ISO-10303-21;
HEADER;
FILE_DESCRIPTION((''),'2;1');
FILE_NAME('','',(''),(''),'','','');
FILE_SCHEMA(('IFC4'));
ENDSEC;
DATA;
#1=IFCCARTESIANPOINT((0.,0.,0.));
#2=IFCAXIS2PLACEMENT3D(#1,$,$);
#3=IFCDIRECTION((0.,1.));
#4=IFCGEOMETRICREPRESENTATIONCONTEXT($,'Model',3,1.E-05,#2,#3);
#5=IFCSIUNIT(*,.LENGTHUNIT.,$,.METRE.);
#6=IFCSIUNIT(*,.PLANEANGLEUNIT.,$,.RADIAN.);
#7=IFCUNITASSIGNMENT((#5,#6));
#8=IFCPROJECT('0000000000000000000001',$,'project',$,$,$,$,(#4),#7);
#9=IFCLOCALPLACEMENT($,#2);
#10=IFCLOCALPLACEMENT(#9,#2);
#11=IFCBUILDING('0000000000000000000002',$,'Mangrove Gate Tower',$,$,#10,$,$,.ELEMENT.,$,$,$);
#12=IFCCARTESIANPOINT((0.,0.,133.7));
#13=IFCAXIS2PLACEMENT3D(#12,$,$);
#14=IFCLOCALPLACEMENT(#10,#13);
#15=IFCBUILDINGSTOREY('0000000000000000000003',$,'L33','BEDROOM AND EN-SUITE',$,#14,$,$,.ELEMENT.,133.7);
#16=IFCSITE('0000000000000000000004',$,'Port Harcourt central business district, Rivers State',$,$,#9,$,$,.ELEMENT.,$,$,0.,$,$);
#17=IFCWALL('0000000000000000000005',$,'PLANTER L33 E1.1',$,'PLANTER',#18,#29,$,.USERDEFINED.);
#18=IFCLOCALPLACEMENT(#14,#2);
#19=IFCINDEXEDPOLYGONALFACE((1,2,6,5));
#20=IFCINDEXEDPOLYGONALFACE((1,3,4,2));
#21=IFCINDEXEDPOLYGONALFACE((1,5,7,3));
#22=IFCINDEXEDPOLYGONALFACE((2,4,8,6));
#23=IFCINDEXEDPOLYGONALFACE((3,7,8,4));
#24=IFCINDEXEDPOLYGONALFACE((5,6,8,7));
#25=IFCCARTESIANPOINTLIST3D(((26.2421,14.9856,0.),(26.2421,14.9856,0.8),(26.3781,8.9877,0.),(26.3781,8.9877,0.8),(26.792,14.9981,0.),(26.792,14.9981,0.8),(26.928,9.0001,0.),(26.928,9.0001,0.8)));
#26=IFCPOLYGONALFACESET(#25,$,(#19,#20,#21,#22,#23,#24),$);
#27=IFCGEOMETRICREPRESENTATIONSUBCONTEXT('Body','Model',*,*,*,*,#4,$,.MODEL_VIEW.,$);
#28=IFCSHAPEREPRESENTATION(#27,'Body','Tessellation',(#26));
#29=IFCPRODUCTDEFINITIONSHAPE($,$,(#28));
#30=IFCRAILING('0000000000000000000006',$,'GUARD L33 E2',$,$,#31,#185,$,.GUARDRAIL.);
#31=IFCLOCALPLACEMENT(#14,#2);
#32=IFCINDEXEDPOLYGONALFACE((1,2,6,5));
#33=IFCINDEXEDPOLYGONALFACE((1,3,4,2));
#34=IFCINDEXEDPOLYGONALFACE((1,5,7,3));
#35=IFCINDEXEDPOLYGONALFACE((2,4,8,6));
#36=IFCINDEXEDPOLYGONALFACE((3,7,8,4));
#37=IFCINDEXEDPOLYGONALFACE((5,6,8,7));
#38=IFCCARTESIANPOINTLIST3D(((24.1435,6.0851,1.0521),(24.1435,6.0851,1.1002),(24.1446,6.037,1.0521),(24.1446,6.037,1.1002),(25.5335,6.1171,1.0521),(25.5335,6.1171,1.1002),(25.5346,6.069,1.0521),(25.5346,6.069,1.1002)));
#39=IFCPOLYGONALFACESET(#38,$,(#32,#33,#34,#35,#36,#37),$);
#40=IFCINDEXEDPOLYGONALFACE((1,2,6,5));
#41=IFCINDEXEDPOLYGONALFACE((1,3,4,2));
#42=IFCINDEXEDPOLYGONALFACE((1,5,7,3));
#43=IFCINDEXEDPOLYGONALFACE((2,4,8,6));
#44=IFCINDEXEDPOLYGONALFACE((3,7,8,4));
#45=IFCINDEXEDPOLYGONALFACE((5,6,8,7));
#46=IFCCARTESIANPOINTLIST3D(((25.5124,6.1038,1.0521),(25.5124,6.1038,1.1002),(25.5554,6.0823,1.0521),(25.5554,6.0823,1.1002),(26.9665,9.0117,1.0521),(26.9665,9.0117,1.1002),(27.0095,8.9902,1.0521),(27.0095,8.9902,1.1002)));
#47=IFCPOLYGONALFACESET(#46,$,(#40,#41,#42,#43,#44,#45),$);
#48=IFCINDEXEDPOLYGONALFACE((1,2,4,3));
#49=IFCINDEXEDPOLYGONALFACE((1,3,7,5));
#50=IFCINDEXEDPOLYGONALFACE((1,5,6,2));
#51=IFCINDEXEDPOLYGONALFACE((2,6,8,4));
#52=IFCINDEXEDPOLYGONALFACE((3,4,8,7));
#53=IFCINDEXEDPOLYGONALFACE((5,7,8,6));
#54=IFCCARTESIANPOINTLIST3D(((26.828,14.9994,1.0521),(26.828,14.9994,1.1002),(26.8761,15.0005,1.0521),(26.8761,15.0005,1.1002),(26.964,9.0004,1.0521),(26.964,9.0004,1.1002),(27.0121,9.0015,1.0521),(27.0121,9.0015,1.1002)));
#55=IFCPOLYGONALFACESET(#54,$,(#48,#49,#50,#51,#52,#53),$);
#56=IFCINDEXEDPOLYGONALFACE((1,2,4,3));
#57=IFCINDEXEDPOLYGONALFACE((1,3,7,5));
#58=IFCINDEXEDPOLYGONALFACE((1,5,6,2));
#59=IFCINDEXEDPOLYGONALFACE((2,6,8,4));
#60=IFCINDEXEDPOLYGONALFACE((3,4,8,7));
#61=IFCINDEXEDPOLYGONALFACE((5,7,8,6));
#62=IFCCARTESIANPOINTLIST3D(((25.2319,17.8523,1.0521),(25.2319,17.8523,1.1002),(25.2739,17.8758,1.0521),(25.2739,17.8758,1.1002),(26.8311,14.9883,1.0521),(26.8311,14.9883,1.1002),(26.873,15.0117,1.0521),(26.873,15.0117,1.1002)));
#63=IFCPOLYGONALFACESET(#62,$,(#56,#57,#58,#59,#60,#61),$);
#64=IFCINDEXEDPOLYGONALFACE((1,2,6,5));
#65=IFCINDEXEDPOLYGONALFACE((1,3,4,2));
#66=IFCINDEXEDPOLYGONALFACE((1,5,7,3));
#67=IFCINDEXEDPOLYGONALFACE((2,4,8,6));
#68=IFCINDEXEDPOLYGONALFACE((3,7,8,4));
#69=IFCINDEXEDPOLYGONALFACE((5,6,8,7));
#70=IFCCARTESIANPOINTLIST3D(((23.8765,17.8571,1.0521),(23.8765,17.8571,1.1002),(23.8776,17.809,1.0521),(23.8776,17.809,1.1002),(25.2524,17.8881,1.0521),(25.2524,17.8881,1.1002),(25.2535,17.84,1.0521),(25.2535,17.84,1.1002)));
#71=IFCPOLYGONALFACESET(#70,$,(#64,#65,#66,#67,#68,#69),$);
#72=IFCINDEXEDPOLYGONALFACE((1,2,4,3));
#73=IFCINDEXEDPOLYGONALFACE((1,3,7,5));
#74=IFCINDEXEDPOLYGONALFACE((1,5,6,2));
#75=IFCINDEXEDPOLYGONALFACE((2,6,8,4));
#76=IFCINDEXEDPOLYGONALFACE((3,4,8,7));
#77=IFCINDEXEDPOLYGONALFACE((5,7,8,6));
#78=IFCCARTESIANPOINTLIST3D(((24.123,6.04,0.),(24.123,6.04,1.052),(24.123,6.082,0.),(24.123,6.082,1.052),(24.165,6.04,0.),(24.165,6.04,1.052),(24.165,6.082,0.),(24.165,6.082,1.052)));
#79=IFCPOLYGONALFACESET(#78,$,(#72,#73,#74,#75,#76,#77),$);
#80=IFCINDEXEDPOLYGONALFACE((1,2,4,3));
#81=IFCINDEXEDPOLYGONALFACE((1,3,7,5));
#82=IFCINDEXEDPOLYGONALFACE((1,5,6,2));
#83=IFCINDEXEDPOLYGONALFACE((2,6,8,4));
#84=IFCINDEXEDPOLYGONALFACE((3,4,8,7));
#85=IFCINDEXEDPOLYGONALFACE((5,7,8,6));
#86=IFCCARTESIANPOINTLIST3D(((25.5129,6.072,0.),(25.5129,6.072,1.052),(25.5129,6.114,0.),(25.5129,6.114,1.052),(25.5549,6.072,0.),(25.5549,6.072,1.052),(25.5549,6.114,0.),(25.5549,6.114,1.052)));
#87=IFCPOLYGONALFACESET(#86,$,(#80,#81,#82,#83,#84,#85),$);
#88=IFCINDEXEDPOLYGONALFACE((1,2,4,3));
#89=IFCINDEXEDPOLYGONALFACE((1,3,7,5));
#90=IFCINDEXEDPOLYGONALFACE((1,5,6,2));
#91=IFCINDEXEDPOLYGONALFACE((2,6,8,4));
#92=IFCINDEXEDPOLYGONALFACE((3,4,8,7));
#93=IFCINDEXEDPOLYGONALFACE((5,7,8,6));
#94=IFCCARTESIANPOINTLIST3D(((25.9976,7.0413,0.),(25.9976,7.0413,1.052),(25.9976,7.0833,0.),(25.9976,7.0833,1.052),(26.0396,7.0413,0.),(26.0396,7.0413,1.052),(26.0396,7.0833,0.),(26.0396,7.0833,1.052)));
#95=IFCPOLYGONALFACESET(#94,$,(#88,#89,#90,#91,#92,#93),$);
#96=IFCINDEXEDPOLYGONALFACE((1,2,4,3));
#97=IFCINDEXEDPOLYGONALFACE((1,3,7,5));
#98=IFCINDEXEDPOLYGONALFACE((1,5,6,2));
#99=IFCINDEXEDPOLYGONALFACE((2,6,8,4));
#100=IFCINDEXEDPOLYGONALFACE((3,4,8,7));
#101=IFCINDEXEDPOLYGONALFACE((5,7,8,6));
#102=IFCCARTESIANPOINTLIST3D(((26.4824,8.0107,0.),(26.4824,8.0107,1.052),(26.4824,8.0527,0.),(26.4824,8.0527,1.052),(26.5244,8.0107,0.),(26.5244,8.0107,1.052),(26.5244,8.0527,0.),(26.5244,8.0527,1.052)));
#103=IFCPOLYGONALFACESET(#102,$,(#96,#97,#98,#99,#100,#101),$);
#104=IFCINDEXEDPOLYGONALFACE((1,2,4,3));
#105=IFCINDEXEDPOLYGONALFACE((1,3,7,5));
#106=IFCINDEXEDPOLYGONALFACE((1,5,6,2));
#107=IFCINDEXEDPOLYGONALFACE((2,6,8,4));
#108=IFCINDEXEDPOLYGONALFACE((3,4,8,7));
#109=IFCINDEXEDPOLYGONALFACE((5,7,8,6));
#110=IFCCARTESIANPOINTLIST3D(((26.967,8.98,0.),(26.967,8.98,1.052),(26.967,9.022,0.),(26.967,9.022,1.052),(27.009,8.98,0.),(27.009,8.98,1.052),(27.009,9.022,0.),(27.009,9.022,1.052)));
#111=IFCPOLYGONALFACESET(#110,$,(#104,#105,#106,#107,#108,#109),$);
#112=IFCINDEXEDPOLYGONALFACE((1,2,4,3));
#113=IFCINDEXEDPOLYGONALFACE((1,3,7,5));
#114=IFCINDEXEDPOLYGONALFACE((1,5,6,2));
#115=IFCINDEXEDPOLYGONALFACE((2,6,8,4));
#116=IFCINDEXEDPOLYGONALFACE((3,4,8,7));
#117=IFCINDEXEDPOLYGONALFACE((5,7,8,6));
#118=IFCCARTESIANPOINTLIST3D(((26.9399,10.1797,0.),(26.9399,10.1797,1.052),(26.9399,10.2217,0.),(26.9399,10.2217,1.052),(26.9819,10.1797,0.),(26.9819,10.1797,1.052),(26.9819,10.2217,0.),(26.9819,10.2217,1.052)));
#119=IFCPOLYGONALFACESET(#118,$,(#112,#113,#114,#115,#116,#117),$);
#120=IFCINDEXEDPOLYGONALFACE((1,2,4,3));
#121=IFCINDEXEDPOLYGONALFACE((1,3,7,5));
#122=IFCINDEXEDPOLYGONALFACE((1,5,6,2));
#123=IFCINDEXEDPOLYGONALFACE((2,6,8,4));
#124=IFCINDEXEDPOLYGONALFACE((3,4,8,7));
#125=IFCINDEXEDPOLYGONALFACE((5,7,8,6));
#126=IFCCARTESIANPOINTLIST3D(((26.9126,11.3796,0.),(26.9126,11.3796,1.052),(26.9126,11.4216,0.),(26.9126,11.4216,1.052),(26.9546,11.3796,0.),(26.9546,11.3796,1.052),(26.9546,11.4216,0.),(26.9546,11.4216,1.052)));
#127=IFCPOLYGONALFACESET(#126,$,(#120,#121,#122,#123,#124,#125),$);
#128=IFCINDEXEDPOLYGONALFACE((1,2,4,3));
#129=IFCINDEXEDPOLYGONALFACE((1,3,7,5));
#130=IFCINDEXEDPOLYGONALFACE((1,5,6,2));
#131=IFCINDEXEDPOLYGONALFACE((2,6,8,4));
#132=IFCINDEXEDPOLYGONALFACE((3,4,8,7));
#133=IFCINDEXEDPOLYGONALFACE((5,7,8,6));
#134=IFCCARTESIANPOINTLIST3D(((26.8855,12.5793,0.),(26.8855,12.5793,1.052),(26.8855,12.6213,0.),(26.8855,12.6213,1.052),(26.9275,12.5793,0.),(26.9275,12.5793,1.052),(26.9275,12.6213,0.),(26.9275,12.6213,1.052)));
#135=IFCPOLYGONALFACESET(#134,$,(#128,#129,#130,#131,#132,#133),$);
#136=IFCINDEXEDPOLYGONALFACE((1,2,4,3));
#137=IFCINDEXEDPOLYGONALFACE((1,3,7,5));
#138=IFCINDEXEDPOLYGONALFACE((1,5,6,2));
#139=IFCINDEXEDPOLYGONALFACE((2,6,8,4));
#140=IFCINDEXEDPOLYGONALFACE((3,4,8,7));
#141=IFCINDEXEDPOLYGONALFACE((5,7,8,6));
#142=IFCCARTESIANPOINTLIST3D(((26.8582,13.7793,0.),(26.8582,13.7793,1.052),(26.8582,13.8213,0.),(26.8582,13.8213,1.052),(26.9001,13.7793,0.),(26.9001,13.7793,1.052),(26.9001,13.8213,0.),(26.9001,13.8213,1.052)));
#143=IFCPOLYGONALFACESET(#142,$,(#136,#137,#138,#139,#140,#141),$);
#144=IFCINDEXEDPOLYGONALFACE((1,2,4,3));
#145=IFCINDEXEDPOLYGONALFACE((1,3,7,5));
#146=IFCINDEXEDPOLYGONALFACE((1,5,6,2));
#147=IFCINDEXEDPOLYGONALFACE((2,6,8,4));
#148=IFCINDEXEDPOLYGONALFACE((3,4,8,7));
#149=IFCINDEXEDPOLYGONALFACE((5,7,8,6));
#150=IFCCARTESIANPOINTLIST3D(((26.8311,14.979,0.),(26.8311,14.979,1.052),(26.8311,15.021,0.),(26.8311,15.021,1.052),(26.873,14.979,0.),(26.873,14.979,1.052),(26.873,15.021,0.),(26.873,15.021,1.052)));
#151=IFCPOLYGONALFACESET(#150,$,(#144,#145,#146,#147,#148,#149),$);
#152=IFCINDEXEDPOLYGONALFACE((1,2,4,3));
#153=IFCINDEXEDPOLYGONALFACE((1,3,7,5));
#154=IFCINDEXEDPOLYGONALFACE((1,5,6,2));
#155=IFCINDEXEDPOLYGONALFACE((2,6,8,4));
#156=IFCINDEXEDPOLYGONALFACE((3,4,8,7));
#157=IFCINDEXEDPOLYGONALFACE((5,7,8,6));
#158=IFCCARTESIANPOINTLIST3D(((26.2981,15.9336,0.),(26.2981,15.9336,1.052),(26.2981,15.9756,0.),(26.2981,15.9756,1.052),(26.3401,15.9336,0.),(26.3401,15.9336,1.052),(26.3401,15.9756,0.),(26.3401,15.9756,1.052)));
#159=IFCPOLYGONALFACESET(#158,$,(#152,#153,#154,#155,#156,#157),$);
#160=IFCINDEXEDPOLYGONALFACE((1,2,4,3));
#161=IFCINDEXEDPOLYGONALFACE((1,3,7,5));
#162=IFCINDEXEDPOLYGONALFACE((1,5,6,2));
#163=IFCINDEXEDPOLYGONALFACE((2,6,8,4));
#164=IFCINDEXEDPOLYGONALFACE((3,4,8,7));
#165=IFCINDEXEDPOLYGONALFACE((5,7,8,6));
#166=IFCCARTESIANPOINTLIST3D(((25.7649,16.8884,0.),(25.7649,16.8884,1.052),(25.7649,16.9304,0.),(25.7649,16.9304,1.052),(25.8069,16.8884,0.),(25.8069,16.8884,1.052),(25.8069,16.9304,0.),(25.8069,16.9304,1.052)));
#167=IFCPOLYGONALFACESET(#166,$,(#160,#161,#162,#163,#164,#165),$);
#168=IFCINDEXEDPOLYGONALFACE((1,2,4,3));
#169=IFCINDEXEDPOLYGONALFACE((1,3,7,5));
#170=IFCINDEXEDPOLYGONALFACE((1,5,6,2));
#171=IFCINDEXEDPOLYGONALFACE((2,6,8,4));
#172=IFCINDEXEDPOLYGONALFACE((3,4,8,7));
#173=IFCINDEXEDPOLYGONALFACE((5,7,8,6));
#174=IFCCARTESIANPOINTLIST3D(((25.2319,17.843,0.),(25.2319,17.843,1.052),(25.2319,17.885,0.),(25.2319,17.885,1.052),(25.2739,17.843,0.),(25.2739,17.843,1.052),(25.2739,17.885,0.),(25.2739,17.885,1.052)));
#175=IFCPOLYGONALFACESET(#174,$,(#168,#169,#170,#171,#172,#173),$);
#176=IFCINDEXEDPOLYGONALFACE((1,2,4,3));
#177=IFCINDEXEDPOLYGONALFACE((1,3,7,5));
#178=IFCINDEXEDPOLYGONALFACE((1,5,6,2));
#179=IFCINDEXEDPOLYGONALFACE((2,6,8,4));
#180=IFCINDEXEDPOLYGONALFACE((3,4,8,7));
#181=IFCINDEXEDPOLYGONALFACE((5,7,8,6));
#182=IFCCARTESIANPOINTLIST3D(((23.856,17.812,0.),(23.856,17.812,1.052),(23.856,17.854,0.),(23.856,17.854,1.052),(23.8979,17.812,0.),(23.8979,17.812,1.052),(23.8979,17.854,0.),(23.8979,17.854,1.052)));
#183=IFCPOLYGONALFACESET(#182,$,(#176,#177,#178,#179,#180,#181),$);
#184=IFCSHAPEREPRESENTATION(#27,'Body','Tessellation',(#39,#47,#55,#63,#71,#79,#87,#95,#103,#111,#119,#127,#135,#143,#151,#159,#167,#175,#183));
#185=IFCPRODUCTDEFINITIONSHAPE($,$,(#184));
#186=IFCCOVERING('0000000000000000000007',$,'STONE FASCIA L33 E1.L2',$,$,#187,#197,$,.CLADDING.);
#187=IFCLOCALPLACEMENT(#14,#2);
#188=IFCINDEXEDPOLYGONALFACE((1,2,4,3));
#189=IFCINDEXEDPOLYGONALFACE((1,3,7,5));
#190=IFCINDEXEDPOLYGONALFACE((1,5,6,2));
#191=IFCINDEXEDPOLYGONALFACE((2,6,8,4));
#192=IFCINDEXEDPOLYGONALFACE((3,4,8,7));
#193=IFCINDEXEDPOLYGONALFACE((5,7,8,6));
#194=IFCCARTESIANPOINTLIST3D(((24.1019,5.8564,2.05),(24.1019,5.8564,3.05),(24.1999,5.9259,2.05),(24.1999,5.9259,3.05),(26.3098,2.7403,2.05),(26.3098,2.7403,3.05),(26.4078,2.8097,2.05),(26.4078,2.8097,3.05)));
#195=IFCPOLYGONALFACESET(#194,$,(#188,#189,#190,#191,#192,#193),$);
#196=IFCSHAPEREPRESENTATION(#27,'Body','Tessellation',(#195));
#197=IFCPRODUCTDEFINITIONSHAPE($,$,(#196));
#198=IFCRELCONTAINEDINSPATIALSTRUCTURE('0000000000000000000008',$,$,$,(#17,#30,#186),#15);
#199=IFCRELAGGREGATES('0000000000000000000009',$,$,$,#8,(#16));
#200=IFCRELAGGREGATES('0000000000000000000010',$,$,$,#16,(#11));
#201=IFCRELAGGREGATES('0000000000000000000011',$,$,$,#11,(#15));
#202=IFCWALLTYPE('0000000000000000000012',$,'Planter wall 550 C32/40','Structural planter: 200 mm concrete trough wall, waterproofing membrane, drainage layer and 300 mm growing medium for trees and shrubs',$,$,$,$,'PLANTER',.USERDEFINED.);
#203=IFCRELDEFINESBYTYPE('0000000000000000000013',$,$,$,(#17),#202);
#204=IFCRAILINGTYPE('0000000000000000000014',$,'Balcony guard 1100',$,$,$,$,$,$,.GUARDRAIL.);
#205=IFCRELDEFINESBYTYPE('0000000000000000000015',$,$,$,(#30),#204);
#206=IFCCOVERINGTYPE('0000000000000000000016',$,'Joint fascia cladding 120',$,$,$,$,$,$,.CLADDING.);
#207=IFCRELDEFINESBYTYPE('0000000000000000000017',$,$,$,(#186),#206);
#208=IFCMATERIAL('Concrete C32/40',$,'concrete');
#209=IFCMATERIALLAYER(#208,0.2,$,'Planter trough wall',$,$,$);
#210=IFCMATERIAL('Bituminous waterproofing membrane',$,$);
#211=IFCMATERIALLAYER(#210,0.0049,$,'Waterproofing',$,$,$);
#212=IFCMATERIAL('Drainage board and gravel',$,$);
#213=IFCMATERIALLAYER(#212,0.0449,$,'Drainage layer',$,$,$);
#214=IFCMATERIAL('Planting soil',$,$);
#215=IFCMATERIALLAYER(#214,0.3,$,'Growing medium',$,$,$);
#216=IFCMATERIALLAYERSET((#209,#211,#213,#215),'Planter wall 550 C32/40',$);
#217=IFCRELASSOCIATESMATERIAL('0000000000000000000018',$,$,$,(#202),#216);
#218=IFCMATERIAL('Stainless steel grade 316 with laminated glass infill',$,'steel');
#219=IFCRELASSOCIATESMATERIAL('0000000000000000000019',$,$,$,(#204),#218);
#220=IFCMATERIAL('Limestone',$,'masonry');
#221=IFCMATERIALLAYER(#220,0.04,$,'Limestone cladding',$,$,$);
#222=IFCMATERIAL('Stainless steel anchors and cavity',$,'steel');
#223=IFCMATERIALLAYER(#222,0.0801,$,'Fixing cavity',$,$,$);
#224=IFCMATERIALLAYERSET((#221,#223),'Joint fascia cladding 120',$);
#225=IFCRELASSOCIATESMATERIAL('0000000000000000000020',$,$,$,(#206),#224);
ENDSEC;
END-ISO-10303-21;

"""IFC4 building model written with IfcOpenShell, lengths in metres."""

from ifc_helpers import new_model, si_unit, direction, frame, frame_2d, origin, origin_2d, place, context, subcontext, project, spatial, rectangle, extrude, material, layer, layer_set, type_object, element, save


model = new_model("IFC4")

# Units and contexts
model_context = context("Model", 3, precision=1e-05, world=origin(), true_north=direction((0.0, 1.0)))
body_context = subcontext(model_context, "Body", "Model", "MODEL_VIEW")
ifc_project = project(units=[si_unit("LENGTHUNIT", "METRE"), si_unit("PLANEANGLEUNIT", "RADIAN")], contexts=[model_context])

# Site, building, storey
site_placement = place(None, origin())
site = spatial("IfcSite", under=ifc_project, at=site_placement, Name="Port Harcourt central business district, Rivers State", CompositionType="ELEMENT", RefElevation=0.0)
building_placement = place(site_placement, origin())
building = spatial("IfcBuilding", under=site, at=building_placement, Name="Mangrove Gate Tower", CompositionType="ELEMENT")
storey_placement = place(building_placement, frame((0.0, 0.0, 133.7)))
storey = spatial("IfcBuildingStorey", under=building, at=storey_placement, Name="L33", Description="BEDROOM AND EN-SUITE", CompositionType="ELEMENT", Elevation=133.7)

# Shared definitions
ifc_material_1 = material(Name="Limestone", Category="masonry")

# Wall
ifc_material_2 = material(Name="Concrete C32/40", Category="concrete")
ifc_layer_1 = layer(ifc_material_2, 0.2, Name="Planter trough wall")
ifc_material_3 = material(Name="Bituminous waterproofing membrane")
ifc_layer_2 = layer(ifc_material_3, 0.0049, Name="Waterproofing")
ifc_material_4 = material(Name="Drainage board and gravel")
ifc_layer_3 = layer(ifc_material_4, 0.0449, Name="Drainage layer")
ifc_material_5 = material(Name="Planting soil")
ifc_layer_4 = layer(ifc_material_5, 0.3, Name="Growing medium")
ifc_layer_set_1 = layer_set([ifc_layer_1, ifc_layer_2, ifc_layer_3, ifc_layer_4], Name="Planter wall 550 C32/40")
wall_type_1 = type_object("IfcWallType", Name="Planter wall 550 C32/40", Description="Structural planter: 200 mm concrete trough wall, waterproofing membrane, drainage layer and 300 mm growing medium for trees and shrubs", ElementType="PLANTER", PredefinedType="USERDEFINED", material=ifc_layer_set_1)
wall_1_placement = place(storey_placement, frame((26.6531, 8.9939, 0.0), z_axis=(0.0, 0.0, 1.0), x_axis=(-0.022666, 0.999743, 0.0)))
element("IfcWall", 1, at=wall_1_placement, inside=storey, type_object=wall_type_1, Name="PLANTER L33 E1.1", ObjectType="PLANTER", PredefinedType="USERDEFINED", context=body_context, shape_type="SweptSolid", body=[
    extrude(rectangle(XDim=5.9995, YDim=0.55, at=frame_2d((2.9998, 0.0))), origin(), (0.0, 0.0, 1.0), 0.8),
])

# Railing
ifc_material_6 = material(Name="Stainless steel grade 316 with laminated glass infill", Category="steel")
railing_type = type_object("IfcRailingType", Name="Balcony guard 1100", PredefinedType="GUARDRAIL", material=ifc_material_6)
railing_placement = place(storey_placement, frame((24.144, 6.061, 0.0)))
element("IfcRailing", 2, at=railing_placement, inside=storey, type_object=railing_type, Name="GUARD L33 E2", PredefinedType="GUARDRAIL", context=body_context, shape_type="SweptSolid", body=[
    extrude(rectangle(XDim=0.0481, YDim=0.0481, at=origin_2d()), frame((0.0, 0.0, 1.0762), z_axis=(0.999735, 0.023005, 0.0), x_axis=(-0.023005, 0.999735, 0.0)), (0.0, 0.0, 1.0), 1.3904),
    extrude(rectangle(XDim=0.0481, YDim=0.0481, at=origin_2d()), frame((1.3899, 0.032, 1.0762), z_axis=(0.447244, 0.894412, 0.0), x_axis=(-0.894412, 0.447244, 0.0)), (0.0, 0.0, 1.0), 3.2512),
    extrude(rectangle(XDim=0.0481, YDim=0.0481, at=origin_2d()), frame((2.844, 2.9399, 1.0762), z_axis=(-0.022662, 0.999743, 0.0), x_axis=(-0.999743, -0.022662, 0.0)), (0.0, 0.0, 1.0), 6.0005),
    extrude(rectangle(XDim=0.0481, YDim=0.0481, at=origin_2d()), frame((2.708, 8.939, 1.0762), z_axis=(-0.487506, 0.87312, 0.0), x_axis=(-0.87312, -0.487506, 0.0)), (0.0, 0.0, 1.0), 3.2803),
    extrude(rectangle(XDim=0.0481, YDim=0.0481, at=origin_2d()), frame((1.1089, 11.803, 1.0762), z_axis=(-0.999746, -0.022528, 0.0), x_axis=(0.022528, -0.999746, 0.0)), (0.0, 0.0, 1.0), 1.3762),
    extrude(rectangle(XDim=0.042, YDim=0.042, at=origin_2d()), origin(), (0.0, 0.0, 1.0), 1.052),
    extrude(rectangle(XDim=0.042, YDim=0.042, at=origin_2d()), frame((1.3899, 0.032, 0.0)), (0.0, 0.0, 1.0), 1.052),
    extrude(rectangle(XDim=0.042, YDim=0.042, at=origin_2d()), frame((1.8745, 1.0012, 0.0)), (0.0, 0.0, 1.0), 1.052),
    extrude(rectangle(XDim=0.042, YDim=0.042, at=origin_2d()), frame((2.3594, 1.9707, 0.0)), (0.0, 0.0, 1.0), 1.052),
    extrude(rectangle(XDim=0.042, YDim=0.042, at=origin_2d()), frame((2.844, 2.9399, 0.0)), (0.0, 0.0, 1.0), 1.052),
    extrude(rectangle(XDim=0.042, YDim=0.042, at=origin_2d()), frame((2.8169, 4.1396, 0.0)), (0.0, 0.0, 1.0), 1.052),
    extrude(rectangle(XDim=0.042, YDim=0.042, at=origin_2d()), frame((2.7896, 5.3396, 0.0)), (0.0, 0.0, 1.0), 1.052),
    extrude(rectangle(XDim=0.042, YDim=0.042, at=origin_2d()), frame((2.7625, 6.5393, 0.0)), (0.0, 0.0, 1.0), 1.052),
    extrude(rectangle(XDim=0.042, YDim=0.042, at=origin_2d()), frame((2.7351, 7.7393, 0.0)), (0.0, 0.0, 1.0), 1.052),
    extrude(rectangle(XDim=0.042, YDim=0.042, at=origin_2d()), frame((2.708, 8.939, 0.0)), (0.0, 0.0, 1.0), 1.052),
    extrude(rectangle(XDim=0.042, YDim=0.042, at=origin_2d()), frame((2.175, 9.8936, 0.0)), (0.0, 0.0, 1.0), 1.052),
    extrude(rectangle(XDim=0.042, YDim=0.042, at=origin_2d()), frame((1.6418, 10.8484, 0.0)), (0.0, 0.0, 1.0), 1.052),
    extrude(rectangle(XDim=0.042, YDim=0.042, at=origin_2d()), frame((1.1089, 11.803, 0.0)), (0.0, 0.0, 1.0), 1.052),
    extrude(rectangle(XDim=0.042, YDim=0.042, at=origin_2d()), frame((-0.2671, 11.772, 0.0)), (0.0, 0.0, 1.0), 1.052),
])

# Covering
ifc_layer_5 = layer(ifc_material_1, 0.04, Name="Limestone cladding")
ifc_material_7 = material(Name="Stainless steel anchors and cavity", Category="steel")
ifc_layer_6 = layer(ifc_material_7, 0.0801, Name="Fixing cavity")
ifc_layer_set_2 = layer_set([ifc_layer_5, ifc_layer_6], Name="Joint fascia cladding 120")
covering_type = type_object("IfcCoveringType", Name="Joint fascia cladding 120", PredefinedType="CLADDING", material=ifc_layer_set_2)
covering_placement = place(storey_placement, frame((26.3589, 2.7749, 2.05), z_axis=(0.0, 0.0, 1.0), x_axis=(-0.578138, 0.815939, 0.0)))
element("IfcCovering", 3, at=covering_placement, inside=storey, type_object=covering_type, Name="STONE FASCIA L33 E1.L2", PredefinedType="CLADDING", context=body_context, shape_type="SweptSolid", body=[
    extrude(rectangle(XDim=3.8191, YDim=0.1201, at=frame_2d((1.9097, 0.0))), origin(), (0.0, 0.0, 1.0), 1.0),
])

save(model, "model.ifc")
